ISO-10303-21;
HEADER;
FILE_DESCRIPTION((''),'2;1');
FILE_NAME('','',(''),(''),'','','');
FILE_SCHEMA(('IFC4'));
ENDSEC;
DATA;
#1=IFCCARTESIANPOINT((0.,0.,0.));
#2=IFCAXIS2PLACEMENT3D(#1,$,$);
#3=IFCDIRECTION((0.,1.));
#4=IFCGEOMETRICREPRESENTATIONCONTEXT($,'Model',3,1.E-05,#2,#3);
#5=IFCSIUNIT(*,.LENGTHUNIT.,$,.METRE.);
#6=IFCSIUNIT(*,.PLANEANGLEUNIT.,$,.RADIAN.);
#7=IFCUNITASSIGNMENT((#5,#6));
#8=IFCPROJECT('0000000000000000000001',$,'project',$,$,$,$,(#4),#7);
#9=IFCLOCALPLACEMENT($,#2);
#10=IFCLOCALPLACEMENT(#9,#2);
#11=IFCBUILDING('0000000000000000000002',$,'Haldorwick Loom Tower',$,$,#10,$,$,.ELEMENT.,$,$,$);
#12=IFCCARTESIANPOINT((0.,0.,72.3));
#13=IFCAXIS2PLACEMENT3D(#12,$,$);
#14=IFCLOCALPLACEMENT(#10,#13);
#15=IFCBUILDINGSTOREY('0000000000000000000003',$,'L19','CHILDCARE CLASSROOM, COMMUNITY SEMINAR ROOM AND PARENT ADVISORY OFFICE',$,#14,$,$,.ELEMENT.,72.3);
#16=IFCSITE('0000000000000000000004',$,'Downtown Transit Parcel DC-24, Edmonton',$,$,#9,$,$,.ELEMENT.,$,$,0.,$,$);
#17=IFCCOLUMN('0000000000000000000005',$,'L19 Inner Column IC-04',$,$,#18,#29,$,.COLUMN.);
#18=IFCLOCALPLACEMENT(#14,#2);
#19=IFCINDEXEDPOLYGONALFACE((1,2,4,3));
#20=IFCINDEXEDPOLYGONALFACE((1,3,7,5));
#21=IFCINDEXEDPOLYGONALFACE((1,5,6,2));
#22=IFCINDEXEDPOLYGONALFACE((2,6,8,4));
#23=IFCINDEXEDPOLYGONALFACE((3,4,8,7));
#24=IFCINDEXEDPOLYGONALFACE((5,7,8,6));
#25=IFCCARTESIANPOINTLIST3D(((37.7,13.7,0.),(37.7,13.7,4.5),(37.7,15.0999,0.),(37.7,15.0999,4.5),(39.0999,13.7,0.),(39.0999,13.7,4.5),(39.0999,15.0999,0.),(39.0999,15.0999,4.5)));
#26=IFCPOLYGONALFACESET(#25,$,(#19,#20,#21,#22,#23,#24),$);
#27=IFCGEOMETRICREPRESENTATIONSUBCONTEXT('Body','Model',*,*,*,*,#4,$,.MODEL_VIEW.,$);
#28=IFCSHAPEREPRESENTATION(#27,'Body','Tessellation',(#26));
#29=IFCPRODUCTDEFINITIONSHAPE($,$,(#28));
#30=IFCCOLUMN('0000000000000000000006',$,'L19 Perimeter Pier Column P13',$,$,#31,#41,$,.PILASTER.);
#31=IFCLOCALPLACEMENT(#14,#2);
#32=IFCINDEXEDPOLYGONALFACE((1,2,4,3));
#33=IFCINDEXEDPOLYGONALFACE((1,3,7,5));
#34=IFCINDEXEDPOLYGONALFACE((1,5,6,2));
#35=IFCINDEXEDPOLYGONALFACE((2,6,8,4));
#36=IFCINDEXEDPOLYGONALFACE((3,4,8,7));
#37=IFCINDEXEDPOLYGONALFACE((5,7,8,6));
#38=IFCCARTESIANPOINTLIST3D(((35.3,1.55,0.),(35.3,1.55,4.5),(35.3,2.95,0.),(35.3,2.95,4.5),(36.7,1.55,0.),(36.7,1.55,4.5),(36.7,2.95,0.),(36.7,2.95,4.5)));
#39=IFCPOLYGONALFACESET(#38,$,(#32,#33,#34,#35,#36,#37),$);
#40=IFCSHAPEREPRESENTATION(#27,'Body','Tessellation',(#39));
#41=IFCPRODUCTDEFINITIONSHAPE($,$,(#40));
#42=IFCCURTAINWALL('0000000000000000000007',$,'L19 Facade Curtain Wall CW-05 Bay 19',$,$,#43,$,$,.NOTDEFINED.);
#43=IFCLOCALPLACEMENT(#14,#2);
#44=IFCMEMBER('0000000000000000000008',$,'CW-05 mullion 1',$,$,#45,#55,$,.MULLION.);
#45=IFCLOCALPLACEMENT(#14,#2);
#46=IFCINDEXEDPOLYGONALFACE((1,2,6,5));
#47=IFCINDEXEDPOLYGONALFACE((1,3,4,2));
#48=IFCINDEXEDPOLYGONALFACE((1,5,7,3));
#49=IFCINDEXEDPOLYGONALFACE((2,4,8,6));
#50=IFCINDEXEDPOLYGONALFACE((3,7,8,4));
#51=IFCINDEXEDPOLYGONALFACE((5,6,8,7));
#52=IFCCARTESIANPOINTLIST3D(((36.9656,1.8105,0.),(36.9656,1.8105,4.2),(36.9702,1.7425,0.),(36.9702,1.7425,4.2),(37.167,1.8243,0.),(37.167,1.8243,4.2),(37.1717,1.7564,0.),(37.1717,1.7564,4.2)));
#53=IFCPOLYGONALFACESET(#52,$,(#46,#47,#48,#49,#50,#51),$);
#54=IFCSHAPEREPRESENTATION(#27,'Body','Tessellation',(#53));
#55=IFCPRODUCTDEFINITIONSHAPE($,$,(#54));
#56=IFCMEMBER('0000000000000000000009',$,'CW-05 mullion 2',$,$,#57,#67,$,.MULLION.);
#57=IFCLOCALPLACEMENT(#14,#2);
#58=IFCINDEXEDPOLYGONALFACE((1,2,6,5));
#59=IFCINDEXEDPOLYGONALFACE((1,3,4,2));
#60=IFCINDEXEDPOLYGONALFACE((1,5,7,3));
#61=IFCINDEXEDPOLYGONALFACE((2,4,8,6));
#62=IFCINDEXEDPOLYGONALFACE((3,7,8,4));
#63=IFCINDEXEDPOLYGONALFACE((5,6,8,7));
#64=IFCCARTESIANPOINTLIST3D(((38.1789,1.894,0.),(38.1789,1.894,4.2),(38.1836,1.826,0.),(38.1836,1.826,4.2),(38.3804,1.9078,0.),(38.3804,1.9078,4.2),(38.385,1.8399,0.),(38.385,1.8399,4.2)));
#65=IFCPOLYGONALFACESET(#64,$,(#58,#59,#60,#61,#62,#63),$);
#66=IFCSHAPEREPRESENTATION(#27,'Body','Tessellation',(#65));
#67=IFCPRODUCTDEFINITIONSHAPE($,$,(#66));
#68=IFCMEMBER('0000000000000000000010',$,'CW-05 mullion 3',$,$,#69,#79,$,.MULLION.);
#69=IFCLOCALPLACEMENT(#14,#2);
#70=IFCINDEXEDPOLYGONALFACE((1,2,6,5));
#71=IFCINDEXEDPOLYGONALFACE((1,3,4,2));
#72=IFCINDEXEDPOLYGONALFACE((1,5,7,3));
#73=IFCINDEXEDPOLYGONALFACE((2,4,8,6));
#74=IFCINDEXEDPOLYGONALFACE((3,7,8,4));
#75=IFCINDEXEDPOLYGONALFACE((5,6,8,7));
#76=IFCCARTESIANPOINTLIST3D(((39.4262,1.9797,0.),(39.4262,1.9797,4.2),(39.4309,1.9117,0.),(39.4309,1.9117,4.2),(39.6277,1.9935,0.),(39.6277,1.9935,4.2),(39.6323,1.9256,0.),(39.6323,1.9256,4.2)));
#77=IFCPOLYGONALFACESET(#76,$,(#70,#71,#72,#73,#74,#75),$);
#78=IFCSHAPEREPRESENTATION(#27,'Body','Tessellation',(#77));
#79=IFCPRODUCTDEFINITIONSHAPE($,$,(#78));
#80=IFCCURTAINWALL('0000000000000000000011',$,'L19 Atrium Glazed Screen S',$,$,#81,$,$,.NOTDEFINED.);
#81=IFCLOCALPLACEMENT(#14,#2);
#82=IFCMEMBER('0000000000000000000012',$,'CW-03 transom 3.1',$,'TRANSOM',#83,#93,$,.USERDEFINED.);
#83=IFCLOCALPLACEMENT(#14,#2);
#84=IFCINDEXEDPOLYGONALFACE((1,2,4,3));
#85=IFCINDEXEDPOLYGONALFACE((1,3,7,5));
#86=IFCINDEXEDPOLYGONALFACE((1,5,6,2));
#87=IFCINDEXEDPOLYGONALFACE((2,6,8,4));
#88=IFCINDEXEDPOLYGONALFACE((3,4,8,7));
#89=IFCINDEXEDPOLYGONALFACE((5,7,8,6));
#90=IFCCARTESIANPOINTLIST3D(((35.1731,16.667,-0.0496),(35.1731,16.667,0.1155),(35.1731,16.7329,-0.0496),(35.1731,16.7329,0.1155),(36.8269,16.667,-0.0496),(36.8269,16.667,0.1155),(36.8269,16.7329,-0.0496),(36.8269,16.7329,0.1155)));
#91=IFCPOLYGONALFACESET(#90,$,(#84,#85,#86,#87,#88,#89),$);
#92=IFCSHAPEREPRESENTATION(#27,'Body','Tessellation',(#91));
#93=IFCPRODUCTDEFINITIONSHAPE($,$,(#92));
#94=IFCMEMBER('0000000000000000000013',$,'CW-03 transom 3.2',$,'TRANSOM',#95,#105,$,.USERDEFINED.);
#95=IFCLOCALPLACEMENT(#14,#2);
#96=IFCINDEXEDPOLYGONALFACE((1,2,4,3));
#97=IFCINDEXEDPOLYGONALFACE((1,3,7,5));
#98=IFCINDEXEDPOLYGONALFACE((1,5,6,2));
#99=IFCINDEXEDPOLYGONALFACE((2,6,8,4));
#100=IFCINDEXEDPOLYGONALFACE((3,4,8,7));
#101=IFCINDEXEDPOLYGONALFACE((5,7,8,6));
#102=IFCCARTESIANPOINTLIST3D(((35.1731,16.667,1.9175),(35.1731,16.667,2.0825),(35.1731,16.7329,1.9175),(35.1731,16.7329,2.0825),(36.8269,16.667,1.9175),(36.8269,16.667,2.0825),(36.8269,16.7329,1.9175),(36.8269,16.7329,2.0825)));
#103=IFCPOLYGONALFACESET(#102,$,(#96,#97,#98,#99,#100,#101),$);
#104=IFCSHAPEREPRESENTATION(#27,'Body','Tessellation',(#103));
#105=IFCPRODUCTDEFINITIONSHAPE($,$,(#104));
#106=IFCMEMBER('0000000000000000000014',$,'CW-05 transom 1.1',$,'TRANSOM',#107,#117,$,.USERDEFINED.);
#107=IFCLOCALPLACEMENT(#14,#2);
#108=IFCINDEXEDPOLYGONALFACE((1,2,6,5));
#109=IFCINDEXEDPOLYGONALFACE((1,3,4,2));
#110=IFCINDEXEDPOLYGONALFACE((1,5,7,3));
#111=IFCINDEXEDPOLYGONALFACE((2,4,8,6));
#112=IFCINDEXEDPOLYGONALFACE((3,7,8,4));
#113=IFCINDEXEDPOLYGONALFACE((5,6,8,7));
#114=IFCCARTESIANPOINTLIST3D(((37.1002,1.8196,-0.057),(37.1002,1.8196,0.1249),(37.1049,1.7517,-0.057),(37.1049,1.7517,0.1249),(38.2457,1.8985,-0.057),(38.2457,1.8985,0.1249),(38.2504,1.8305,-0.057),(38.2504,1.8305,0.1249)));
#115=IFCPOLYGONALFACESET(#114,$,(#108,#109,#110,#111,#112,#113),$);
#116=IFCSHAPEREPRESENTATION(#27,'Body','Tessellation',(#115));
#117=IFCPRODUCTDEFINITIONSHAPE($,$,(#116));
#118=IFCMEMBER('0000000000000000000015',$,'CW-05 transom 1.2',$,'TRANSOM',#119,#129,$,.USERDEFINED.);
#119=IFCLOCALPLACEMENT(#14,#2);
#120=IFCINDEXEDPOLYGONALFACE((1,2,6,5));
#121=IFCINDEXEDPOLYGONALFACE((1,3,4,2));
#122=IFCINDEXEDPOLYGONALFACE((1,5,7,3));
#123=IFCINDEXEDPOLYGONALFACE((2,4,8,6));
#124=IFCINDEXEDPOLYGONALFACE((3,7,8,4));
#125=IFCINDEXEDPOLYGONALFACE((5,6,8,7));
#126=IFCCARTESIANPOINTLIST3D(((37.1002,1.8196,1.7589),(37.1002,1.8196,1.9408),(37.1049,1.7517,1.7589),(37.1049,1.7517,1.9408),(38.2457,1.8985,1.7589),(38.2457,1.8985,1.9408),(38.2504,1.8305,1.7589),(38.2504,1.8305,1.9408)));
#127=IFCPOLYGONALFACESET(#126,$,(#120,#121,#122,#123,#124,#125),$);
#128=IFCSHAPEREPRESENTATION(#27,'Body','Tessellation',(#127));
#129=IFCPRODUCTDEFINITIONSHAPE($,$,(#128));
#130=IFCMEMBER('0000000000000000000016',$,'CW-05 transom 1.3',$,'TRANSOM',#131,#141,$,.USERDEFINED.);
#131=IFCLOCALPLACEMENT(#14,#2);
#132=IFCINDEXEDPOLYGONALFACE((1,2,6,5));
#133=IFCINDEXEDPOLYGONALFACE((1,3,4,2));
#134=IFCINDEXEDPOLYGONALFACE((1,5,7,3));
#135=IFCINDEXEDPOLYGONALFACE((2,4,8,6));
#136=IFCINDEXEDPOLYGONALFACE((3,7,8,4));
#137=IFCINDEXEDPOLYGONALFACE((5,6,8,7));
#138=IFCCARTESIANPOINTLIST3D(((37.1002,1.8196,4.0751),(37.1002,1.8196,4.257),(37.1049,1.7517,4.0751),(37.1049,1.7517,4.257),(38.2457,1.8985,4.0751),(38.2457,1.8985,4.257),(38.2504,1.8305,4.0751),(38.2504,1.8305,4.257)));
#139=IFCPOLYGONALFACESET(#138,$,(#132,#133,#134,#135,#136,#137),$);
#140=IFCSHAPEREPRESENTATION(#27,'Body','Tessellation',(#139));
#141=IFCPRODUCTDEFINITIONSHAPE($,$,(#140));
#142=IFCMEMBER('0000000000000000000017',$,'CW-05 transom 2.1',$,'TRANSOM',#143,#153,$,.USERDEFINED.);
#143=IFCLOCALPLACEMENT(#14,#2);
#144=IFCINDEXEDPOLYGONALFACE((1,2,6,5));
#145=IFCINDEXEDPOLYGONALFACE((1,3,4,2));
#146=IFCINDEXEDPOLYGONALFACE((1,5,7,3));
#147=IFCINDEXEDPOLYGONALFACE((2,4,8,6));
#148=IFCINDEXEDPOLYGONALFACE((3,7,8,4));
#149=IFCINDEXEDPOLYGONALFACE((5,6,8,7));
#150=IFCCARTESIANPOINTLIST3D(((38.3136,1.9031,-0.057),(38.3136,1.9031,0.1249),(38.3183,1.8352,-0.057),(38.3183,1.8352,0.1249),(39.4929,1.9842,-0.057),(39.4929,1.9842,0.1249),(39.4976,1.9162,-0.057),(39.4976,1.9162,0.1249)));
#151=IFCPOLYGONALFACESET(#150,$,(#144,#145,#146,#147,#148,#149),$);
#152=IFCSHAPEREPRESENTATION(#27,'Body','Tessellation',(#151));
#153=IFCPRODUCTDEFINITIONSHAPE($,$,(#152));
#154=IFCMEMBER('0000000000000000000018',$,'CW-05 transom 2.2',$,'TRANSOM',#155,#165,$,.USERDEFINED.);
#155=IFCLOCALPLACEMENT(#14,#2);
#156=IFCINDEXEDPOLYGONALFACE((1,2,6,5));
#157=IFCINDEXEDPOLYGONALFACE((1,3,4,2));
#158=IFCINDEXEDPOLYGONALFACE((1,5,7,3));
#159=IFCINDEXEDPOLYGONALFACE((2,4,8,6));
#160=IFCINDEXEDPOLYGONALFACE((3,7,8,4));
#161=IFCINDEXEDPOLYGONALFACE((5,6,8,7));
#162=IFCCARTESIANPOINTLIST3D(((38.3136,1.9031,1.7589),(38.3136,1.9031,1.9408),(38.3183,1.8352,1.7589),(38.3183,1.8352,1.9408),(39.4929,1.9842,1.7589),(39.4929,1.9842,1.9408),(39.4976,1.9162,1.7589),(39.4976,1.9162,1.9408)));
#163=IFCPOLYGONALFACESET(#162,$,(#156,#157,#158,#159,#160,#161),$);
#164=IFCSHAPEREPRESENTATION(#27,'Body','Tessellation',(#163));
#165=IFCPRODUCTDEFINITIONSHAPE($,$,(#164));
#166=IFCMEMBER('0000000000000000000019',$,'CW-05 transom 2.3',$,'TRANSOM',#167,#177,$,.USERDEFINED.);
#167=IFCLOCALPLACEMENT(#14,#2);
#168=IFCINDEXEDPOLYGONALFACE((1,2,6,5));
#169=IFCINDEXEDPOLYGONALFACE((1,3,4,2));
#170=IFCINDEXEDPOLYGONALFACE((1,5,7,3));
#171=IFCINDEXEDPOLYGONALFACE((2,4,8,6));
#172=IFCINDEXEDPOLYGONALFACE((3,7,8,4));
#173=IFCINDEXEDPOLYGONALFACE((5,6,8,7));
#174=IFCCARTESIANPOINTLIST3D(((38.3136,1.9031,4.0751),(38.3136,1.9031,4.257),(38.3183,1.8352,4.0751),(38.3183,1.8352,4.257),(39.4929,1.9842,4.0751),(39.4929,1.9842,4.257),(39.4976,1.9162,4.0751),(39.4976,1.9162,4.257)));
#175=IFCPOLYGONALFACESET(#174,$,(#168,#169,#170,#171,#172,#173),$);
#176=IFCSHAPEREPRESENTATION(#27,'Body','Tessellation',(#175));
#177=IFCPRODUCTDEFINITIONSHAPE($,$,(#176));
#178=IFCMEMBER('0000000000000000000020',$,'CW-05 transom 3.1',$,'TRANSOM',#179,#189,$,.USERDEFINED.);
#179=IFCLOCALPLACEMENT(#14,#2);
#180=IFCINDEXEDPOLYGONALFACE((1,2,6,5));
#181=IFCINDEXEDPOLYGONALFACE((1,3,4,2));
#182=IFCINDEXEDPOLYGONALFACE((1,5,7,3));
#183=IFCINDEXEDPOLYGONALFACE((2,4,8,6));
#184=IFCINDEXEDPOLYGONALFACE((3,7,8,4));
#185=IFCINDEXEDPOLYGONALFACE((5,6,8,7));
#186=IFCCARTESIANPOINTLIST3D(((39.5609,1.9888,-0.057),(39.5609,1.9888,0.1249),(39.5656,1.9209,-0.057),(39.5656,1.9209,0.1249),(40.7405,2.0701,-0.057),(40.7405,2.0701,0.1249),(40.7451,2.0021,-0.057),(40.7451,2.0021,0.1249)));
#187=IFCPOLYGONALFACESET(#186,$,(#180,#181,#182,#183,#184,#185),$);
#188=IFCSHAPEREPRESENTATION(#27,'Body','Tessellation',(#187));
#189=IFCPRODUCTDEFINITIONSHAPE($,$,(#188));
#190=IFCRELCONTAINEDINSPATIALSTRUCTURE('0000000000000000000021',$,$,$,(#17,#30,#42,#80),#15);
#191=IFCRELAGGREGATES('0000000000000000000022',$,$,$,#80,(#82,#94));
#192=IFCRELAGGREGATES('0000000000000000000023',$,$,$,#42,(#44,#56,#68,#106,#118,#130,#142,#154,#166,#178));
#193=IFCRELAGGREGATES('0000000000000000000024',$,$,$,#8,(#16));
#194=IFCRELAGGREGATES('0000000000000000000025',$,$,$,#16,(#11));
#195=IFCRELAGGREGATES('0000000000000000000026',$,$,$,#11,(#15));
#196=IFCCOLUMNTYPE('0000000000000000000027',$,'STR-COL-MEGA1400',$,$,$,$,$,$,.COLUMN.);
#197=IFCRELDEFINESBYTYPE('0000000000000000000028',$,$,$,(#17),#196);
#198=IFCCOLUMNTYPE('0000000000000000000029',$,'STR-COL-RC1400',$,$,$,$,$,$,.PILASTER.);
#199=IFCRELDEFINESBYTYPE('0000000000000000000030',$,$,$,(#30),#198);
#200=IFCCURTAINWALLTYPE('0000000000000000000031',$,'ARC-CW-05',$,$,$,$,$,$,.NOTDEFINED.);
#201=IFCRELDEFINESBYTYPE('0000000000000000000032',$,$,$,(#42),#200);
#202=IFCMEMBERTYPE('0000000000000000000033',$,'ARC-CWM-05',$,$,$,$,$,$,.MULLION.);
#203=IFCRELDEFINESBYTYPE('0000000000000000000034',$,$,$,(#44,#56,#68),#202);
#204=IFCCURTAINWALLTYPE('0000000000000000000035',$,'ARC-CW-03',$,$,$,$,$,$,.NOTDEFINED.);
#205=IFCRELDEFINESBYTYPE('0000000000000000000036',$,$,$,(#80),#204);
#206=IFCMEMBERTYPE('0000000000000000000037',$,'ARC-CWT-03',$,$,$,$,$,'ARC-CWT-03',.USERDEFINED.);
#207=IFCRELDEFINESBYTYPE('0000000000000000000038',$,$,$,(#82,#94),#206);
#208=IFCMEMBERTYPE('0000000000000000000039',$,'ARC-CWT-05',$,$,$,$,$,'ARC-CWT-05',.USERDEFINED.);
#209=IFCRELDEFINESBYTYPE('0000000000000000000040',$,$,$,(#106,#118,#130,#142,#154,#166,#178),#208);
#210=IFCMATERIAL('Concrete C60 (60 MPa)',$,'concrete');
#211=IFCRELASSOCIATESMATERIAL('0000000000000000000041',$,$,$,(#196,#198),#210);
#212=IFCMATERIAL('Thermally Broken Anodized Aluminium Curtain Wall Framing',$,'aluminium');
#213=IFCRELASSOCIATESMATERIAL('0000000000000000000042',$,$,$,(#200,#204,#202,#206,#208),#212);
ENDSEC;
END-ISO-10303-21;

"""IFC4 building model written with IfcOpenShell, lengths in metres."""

from ifc_helpers import new_model, si_unit, direction, frame, origin, origin_2d, place, context, subcontext, project, spatial, rectangle, extrude, material, material_profile, profile_set, type_object, element, aggregate, save


model = new_model("IFC4")

# Units and contexts
model_context = context("Model", 3, precision=1e-05, world=origin(), true_north=direction((0.0, 1.0)))
body_context = subcontext(model_context, "Body", "Model", "MODEL_VIEW")
ifc_project = project(units=[si_unit("LENGTHUNIT", "METRE"), si_unit("PLANEANGLEUNIT", "RADIAN")], contexts=[model_context])

# Site, building, storey
site_placement = place(None, origin())
site = spatial("IfcSite", under=ifc_project, at=site_placement, Name="Downtown Transit Parcel DC-24, Edmonton", CompositionType="ELEMENT", RefElevation=0.0)
building_placement = place(site_placement, origin())
building = spatial("IfcBuilding", under=site, at=building_placement, Name="Haldorwick Loom Tower", CompositionType="ELEMENT")
storey_placement = place(building_placement, frame((0.0, 0.0, 72.3)))
storey = spatial("IfcBuildingStorey", under=building, at=storey_placement, Name="L19", Description="CHILDCARE CLASSROOM, COMMUNITY SEMINAR ROOM AND PARENT ADVISORY OFFICE", CompositionType="ELEMENT", Elevation=72.3)

# Columns
ifc_material_1 = material(Name="Concrete C60 (60 MPa)", Category="concrete")
ifc_material_profile_1 = material_profile(ifc_material_1, rectangle(XDim=1.3999, YDim=1.3999, at=origin_2d()), Name="RC1400X1400", Category="concrete")
ifc_profile_set_1 = profile_set([ifc_material_profile_1], Name="Concrete C60 (60 MPa)")
column_type_1 = type_object("IfcColumnType", Name="STR-COL-MEGA1400", PredefinedType="COLUMN", material=ifc_profile_set_1)
column_1_placement = place(storey_placement, frame((38.3999, 14.3999, 0.0), z_axis=(0.0, 0.0, 1.0), x_axis=(1.0, 0.0, 0.0)))
element("IfcColumn", 1, at=column_1_placement, inside=storey, type_object=column_type_1, Name="L19 Inner Column IC-04", PredefinedType="COLUMN", context=body_context, shape_type="SweptSolid", body=[
    extrude(rectangle(XDim=1.3999, YDim=1.3999, at=origin_2d()), origin(), (0.0, 0.0, 1.0), 4.5),
])
ifc_material_profile_2 = material_profile(ifc_material_1, rectangle(XDim=1.3999, YDim=1.3999, at=origin_2d()), Name="RC1400X1400", Category="concrete")
ifc_profile_set_2 = profile_set([ifc_material_profile_2], Name="Concrete C60 (60 MPa)")
column_type_2 = type_object("IfcColumnType", Name="STR-COL-RC1400", PredefinedType="PILASTER", material=ifc_profile_set_2)
column_2_placement = place(storey_placement, frame((36.0, 2.25, 0.0), z_axis=(0.0, 0.0, 1.0), x_axis=(0.0, -1.0, 0.0)))
element("IfcColumn", 2, at=column_2_placement, inside=storey, type_object=column_type_2, Name="L19 Perimeter Pier Column P13", PredefinedType="PILASTER", context=body_context, shape_type="SweptSolid", body=[
    extrude(rectangle(XDim=1.3999, YDim=1.3999, at=origin_2d()), origin(), (0.0, 0.0, 1.0), 4.5),
])

# Curtain walls, members
ifc_material_2 = material(Name="Thermally Broken Anodized Aluminium Curtain Wall Framing", Category="aluminium")
curtain_wall_type_1 = type_object("IfcCurtainWallType", Name="ARC-CW-05", PredefinedType="NOTDEFINED", material=ifc_material_2)
curtain_wall_1_placement = place(storey_placement, origin())
curtain_wall_1 = element("IfcCurtainWall", 3, at=curtain_wall_1_placement, inside=storey, type_object=curtain_wall_type_1, Name="L19 Facade Curtain Wall CW-05 Bay 19", PredefinedType="NOTDEFINED")
ifc_material_profile_3 = material_profile(ifc_material_2, rectangle(XDim=0.0681, YDim=0.2019, at=origin_2d()), Name="ALU_MUL_68X202", Category="aluminium")
ifc_profile_set_3 = profile_set([ifc_material_profile_3], Name="Thermally Broken Anodized Aluminium Curtain Wall Framing")
member_type_1 = type_object("IfcMemberType", Name="ARC-CWM-05", PredefinedType="MULLION", material=ifc_profile_set_3)
member_1_placement = place(storey_placement, frame((37.0686, 1.7834, 0.0), z_axis=(0.0, 0.0, 1.0), x_axis=(-0.068589, 0.997645, 0.0)))
member_1 = element("IfcMember", 4, at=member_1_placement, type_object=member_type_1, Name="CW-05 mullion 1", PredefinedType="MULLION", context=body_context, shape_type="SweptSolid", body=[
    extrude(rectangle(XDim=0.0681, YDim=0.2019, at=origin_2d()), origin(), (0.0, 0.0, 1.0), 4.2),
])
member_2_placement = place(storey_placement, frame((38.282, 1.8669, 0.0), z_axis=(0.0, 0.0, 1.0), x_axis=(-0.068589, 0.997645, 0.0)))
member_2 = element("IfcMember", 5, at=member_2_placement, type_object=member_type_1, Name="CW-05 mullion 2", PredefinedType="MULLION", context=body_context, shape_type="SweptSolid", body=[
    extrude(rectangle(XDim=0.0681, YDim=0.2019, at=origin_2d()), origin(), (0.0, 0.0, 1.0), 4.2),
])
member_3_placement = place(storey_placement, frame((39.5293, 1.9526, 0.0), z_axis=(0.0, 0.0, 1.0), x_axis=(-0.068589, 0.997645, 0.0)))
member_3 = element("IfcMember", 6, at=member_3_placement, type_object=member_type_1, Name="CW-05 mullion 3", PredefinedType="MULLION", context=body_context, shape_type="SweptSolid", body=[
    extrude(rectangle(XDim=0.0681, YDim=0.2019, at=origin_2d()), origin(), (0.0, 0.0, 1.0), 4.2),
])
curtain_wall_type_2 = type_object("IfcCurtainWallType", Name="ARC-CW-03", PredefinedType="NOTDEFINED", material=ifc_material_2)
curtain_wall_2_placement = place(storey_placement, origin())
curtain_wall_2 = element("IfcCurtainWall", 7, at=curtain_wall_2_placement, inside=storey, type_object=curtain_wall_type_2, Name="L19 Atrium Glazed Screen S", PredefinedType="NOTDEFINED")
ifc_material_profile_4 = material_profile(ifc_material_2, rectangle(XDim=0.0659, YDim=0.165, at=origin_2d()), Name="ALU_TRN_66X165", Category="aluminium")
ifc_profile_set_4 = profile_set([ifc_material_profile_4], Name="Thermally Broken Anodized Aluminium Curtain Wall Framing")
member_type_2 = type_object("IfcMemberType", Name="ARC-CWT-03", ElementType="ARC-CWT-03", PredefinedType="USERDEFINED", material=ifc_profile_set_4)
member_4_placement = place(storey_placement, frame((36.8269, 16.7, 0.033), z_axis=(-1.0, 0.0, 0.0), x_axis=(0.0, -1.0, 0.0)))
member_4 = element("IfcMember", 8, at=member_4_placement, type_object=member_type_2, Name="CW-03 transom 3.1", ObjectType="TRANSOM", PredefinedType="USERDEFINED", context=body_context, shape_type="SweptSolid", body=[
    extrude(rectangle(XDim=0.0659, YDim=0.165, at=origin_2d()), origin(), (0.0, 0.0, 1.0), 1.6538),
])
member_5_placement = place(storey_placement, frame((36.8269, 16.7, 2.0), z_axis=(-1.0, 0.0, 0.0), x_axis=(0.0, -1.0, 0.0)))
member_5 = element("IfcMember", 9, at=member_5_placement, type_object=member_type_2, Name="CW-03 transom 3.2", ObjectType="TRANSOM", PredefinedType="USERDEFINED", context=body_context, shape_type="SweptSolid", body=[
    extrude(rectangle(XDim=0.0659, YDim=0.165, at=origin_2d()), origin(), (0.0, 0.0, 1.0), 1.6538),
])

# Members
ifc_material_profile_5 = material_profile(ifc_material_2, rectangle(XDim=0.0681, YDim=0.1819, at=origin_2d()), Name="ALU_TRN_68X182", Category="aluminium")
ifc_profile_set_5 = profile_set([ifc_material_profile_5], Name="Thermally Broken Anodized Aluminium Curtain Wall Framing")
member_type_3 = type_object("IfcMemberType", Name="ARC-CWT-05", ElementType="ARC-CWT-05", PredefinedType="USERDEFINED", material=ifc_profile_set_5)
member_6_placement = place(storey_placement, frame((37.1025, 1.7856, 0.0339), z_axis=(0.997639, 0.068678, 0.0), x_axis=(-0.068678, 0.997639, 0.0)))
member_6 = element("IfcMember", 10, at=member_6_placement, type_object=member_type_3, Name="CW-05 transom 1.1", ObjectType="TRANSOM", PredefinedType="USERDEFINED", context=body_context, shape_type="SweptSolid", body=[
    extrude(rectangle(XDim=0.0681, YDim=0.1819, at=origin_2d()), origin(), (0.0, 0.0, 1.0), 1.1482),
])
member_7_placement = place(storey_placement, frame((37.1025, 1.7856, 1.8499), z_axis=(0.997639, 0.068678, 0.0), x_axis=(-0.068678, 0.997639, 0.0)))
member_7 = element("IfcMember", 11, at=member_7_placement, type_object=member_type_3, Name="CW-05 transom 1.2", ObjectType="TRANSOM", PredefinedType="USERDEFINED", context=body_context, shape_type="SweptSolid", body=[
    extrude(rectangle(XDim=0.0681, YDim=0.1819, at=origin_2d()), origin(), (0.0, 0.0, 1.0), 1.1482),
])
member_8_placement = place(storey_placement, frame((37.1025, 1.7856, 4.166), z_axis=(0.997639, 0.068678, 0.0), x_axis=(-0.068678, 0.997639, 0.0)))
member_8 = element("IfcMember", 12, at=member_8_placement, type_object=member_type_3, Name="CW-05 transom 1.3", ObjectType="TRANSOM", PredefinedType="USERDEFINED", context=body_context, shape_type="SweptSolid", body=[
    extrude(rectangle(XDim=0.0681, YDim=0.1819, at=origin_2d()), origin(), (0.0, 0.0, 1.0), 1.1482),
])
member_9_placement = place(storey_placement, frame((38.3159, 1.8691, 0.0339), z_axis=(0.997647, 0.068561, 0.0), x_axis=(-0.068561, 0.997647, 0.0)))
member_9 = element("IfcMember", 13, at=member_9_placement, type_object=member_type_3, Name="CW-05 transom 2.1", ObjectType="TRANSOM", PredefinedType="USERDEFINED", context=body_context, shape_type="SweptSolid", body=[
    extrude(rectangle(XDim=0.0681, YDim=0.1819, at=origin_2d()), origin(), (0.0, 0.0, 1.0), 1.1821),
])
member_10_placement = place(storey_placement, frame((38.3159, 1.8691, 1.8499), z_axis=(0.997647, 0.068561, 0.0), x_axis=(-0.068561, 0.997647, 0.0)))
member_10 = element("IfcMember", 14, at=member_10_placement, type_object=member_type_3, Name="CW-05 transom 2.2", ObjectType="TRANSOM", PredefinedType="USERDEFINED", context=body_context, shape_type="SweptSolid", body=[
    extrude(rectangle(XDim=0.0681, YDim=0.1819, at=origin_2d()), origin(), (0.0, 0.0, 1.0), 1.1821),
])
member_11_placement = place(storey_placement, frame((38.3159, 1.8691, 4.166), z_axis=(0.997647, 0.068561, 0.0), x_axis=(-0.068561, 0.997647, 0.0)))
member_11 = element("IfcMember", 15, at=member_11_placement, type_object=member_type_3, Name="CW-05 transom 2.3", ObjectType="TRANSOM", PredefinedType="USERDEFINED", context=body_context, shape_type="SweptSolid", body=[
    extrude(rectangle(XDim=0.0681, YDim=0.1819, at=origin_2d()), origin(), (0.0, 0.0, 1.0), 1.1821),
])
member_12_placement = place(storey_placement, frame((39.5632, 1.9548, 0.0339), z_axis=(0.997634, 0.068752, 0.0), x_axis=(-0.068752, 0.997634, 0.0)))
member_12 = element("IfcMember", 16, at=member_12_placement, type_object=member_type_3, Name="CW-05 transom 3.1", ObjectType="TRANSOM", PredefinedType="USERDEFINED", context=body_context, shape_type="SweptSolid", body=[
    extrude(rectangle(XDim=0.0681, YDim=0.1819, at=origin_2d()), origin(), (0.0, 0.0, 1.0), 1.1824),
])

aggregate(curtain_wall_2, [member_4, member_5])
aggregate(curtain_wall_1, [member_1, member_2, member_3, member_6, member_7, member_8, member_9, member_10, member_11, member_12])

save(model, "model.ifc")
